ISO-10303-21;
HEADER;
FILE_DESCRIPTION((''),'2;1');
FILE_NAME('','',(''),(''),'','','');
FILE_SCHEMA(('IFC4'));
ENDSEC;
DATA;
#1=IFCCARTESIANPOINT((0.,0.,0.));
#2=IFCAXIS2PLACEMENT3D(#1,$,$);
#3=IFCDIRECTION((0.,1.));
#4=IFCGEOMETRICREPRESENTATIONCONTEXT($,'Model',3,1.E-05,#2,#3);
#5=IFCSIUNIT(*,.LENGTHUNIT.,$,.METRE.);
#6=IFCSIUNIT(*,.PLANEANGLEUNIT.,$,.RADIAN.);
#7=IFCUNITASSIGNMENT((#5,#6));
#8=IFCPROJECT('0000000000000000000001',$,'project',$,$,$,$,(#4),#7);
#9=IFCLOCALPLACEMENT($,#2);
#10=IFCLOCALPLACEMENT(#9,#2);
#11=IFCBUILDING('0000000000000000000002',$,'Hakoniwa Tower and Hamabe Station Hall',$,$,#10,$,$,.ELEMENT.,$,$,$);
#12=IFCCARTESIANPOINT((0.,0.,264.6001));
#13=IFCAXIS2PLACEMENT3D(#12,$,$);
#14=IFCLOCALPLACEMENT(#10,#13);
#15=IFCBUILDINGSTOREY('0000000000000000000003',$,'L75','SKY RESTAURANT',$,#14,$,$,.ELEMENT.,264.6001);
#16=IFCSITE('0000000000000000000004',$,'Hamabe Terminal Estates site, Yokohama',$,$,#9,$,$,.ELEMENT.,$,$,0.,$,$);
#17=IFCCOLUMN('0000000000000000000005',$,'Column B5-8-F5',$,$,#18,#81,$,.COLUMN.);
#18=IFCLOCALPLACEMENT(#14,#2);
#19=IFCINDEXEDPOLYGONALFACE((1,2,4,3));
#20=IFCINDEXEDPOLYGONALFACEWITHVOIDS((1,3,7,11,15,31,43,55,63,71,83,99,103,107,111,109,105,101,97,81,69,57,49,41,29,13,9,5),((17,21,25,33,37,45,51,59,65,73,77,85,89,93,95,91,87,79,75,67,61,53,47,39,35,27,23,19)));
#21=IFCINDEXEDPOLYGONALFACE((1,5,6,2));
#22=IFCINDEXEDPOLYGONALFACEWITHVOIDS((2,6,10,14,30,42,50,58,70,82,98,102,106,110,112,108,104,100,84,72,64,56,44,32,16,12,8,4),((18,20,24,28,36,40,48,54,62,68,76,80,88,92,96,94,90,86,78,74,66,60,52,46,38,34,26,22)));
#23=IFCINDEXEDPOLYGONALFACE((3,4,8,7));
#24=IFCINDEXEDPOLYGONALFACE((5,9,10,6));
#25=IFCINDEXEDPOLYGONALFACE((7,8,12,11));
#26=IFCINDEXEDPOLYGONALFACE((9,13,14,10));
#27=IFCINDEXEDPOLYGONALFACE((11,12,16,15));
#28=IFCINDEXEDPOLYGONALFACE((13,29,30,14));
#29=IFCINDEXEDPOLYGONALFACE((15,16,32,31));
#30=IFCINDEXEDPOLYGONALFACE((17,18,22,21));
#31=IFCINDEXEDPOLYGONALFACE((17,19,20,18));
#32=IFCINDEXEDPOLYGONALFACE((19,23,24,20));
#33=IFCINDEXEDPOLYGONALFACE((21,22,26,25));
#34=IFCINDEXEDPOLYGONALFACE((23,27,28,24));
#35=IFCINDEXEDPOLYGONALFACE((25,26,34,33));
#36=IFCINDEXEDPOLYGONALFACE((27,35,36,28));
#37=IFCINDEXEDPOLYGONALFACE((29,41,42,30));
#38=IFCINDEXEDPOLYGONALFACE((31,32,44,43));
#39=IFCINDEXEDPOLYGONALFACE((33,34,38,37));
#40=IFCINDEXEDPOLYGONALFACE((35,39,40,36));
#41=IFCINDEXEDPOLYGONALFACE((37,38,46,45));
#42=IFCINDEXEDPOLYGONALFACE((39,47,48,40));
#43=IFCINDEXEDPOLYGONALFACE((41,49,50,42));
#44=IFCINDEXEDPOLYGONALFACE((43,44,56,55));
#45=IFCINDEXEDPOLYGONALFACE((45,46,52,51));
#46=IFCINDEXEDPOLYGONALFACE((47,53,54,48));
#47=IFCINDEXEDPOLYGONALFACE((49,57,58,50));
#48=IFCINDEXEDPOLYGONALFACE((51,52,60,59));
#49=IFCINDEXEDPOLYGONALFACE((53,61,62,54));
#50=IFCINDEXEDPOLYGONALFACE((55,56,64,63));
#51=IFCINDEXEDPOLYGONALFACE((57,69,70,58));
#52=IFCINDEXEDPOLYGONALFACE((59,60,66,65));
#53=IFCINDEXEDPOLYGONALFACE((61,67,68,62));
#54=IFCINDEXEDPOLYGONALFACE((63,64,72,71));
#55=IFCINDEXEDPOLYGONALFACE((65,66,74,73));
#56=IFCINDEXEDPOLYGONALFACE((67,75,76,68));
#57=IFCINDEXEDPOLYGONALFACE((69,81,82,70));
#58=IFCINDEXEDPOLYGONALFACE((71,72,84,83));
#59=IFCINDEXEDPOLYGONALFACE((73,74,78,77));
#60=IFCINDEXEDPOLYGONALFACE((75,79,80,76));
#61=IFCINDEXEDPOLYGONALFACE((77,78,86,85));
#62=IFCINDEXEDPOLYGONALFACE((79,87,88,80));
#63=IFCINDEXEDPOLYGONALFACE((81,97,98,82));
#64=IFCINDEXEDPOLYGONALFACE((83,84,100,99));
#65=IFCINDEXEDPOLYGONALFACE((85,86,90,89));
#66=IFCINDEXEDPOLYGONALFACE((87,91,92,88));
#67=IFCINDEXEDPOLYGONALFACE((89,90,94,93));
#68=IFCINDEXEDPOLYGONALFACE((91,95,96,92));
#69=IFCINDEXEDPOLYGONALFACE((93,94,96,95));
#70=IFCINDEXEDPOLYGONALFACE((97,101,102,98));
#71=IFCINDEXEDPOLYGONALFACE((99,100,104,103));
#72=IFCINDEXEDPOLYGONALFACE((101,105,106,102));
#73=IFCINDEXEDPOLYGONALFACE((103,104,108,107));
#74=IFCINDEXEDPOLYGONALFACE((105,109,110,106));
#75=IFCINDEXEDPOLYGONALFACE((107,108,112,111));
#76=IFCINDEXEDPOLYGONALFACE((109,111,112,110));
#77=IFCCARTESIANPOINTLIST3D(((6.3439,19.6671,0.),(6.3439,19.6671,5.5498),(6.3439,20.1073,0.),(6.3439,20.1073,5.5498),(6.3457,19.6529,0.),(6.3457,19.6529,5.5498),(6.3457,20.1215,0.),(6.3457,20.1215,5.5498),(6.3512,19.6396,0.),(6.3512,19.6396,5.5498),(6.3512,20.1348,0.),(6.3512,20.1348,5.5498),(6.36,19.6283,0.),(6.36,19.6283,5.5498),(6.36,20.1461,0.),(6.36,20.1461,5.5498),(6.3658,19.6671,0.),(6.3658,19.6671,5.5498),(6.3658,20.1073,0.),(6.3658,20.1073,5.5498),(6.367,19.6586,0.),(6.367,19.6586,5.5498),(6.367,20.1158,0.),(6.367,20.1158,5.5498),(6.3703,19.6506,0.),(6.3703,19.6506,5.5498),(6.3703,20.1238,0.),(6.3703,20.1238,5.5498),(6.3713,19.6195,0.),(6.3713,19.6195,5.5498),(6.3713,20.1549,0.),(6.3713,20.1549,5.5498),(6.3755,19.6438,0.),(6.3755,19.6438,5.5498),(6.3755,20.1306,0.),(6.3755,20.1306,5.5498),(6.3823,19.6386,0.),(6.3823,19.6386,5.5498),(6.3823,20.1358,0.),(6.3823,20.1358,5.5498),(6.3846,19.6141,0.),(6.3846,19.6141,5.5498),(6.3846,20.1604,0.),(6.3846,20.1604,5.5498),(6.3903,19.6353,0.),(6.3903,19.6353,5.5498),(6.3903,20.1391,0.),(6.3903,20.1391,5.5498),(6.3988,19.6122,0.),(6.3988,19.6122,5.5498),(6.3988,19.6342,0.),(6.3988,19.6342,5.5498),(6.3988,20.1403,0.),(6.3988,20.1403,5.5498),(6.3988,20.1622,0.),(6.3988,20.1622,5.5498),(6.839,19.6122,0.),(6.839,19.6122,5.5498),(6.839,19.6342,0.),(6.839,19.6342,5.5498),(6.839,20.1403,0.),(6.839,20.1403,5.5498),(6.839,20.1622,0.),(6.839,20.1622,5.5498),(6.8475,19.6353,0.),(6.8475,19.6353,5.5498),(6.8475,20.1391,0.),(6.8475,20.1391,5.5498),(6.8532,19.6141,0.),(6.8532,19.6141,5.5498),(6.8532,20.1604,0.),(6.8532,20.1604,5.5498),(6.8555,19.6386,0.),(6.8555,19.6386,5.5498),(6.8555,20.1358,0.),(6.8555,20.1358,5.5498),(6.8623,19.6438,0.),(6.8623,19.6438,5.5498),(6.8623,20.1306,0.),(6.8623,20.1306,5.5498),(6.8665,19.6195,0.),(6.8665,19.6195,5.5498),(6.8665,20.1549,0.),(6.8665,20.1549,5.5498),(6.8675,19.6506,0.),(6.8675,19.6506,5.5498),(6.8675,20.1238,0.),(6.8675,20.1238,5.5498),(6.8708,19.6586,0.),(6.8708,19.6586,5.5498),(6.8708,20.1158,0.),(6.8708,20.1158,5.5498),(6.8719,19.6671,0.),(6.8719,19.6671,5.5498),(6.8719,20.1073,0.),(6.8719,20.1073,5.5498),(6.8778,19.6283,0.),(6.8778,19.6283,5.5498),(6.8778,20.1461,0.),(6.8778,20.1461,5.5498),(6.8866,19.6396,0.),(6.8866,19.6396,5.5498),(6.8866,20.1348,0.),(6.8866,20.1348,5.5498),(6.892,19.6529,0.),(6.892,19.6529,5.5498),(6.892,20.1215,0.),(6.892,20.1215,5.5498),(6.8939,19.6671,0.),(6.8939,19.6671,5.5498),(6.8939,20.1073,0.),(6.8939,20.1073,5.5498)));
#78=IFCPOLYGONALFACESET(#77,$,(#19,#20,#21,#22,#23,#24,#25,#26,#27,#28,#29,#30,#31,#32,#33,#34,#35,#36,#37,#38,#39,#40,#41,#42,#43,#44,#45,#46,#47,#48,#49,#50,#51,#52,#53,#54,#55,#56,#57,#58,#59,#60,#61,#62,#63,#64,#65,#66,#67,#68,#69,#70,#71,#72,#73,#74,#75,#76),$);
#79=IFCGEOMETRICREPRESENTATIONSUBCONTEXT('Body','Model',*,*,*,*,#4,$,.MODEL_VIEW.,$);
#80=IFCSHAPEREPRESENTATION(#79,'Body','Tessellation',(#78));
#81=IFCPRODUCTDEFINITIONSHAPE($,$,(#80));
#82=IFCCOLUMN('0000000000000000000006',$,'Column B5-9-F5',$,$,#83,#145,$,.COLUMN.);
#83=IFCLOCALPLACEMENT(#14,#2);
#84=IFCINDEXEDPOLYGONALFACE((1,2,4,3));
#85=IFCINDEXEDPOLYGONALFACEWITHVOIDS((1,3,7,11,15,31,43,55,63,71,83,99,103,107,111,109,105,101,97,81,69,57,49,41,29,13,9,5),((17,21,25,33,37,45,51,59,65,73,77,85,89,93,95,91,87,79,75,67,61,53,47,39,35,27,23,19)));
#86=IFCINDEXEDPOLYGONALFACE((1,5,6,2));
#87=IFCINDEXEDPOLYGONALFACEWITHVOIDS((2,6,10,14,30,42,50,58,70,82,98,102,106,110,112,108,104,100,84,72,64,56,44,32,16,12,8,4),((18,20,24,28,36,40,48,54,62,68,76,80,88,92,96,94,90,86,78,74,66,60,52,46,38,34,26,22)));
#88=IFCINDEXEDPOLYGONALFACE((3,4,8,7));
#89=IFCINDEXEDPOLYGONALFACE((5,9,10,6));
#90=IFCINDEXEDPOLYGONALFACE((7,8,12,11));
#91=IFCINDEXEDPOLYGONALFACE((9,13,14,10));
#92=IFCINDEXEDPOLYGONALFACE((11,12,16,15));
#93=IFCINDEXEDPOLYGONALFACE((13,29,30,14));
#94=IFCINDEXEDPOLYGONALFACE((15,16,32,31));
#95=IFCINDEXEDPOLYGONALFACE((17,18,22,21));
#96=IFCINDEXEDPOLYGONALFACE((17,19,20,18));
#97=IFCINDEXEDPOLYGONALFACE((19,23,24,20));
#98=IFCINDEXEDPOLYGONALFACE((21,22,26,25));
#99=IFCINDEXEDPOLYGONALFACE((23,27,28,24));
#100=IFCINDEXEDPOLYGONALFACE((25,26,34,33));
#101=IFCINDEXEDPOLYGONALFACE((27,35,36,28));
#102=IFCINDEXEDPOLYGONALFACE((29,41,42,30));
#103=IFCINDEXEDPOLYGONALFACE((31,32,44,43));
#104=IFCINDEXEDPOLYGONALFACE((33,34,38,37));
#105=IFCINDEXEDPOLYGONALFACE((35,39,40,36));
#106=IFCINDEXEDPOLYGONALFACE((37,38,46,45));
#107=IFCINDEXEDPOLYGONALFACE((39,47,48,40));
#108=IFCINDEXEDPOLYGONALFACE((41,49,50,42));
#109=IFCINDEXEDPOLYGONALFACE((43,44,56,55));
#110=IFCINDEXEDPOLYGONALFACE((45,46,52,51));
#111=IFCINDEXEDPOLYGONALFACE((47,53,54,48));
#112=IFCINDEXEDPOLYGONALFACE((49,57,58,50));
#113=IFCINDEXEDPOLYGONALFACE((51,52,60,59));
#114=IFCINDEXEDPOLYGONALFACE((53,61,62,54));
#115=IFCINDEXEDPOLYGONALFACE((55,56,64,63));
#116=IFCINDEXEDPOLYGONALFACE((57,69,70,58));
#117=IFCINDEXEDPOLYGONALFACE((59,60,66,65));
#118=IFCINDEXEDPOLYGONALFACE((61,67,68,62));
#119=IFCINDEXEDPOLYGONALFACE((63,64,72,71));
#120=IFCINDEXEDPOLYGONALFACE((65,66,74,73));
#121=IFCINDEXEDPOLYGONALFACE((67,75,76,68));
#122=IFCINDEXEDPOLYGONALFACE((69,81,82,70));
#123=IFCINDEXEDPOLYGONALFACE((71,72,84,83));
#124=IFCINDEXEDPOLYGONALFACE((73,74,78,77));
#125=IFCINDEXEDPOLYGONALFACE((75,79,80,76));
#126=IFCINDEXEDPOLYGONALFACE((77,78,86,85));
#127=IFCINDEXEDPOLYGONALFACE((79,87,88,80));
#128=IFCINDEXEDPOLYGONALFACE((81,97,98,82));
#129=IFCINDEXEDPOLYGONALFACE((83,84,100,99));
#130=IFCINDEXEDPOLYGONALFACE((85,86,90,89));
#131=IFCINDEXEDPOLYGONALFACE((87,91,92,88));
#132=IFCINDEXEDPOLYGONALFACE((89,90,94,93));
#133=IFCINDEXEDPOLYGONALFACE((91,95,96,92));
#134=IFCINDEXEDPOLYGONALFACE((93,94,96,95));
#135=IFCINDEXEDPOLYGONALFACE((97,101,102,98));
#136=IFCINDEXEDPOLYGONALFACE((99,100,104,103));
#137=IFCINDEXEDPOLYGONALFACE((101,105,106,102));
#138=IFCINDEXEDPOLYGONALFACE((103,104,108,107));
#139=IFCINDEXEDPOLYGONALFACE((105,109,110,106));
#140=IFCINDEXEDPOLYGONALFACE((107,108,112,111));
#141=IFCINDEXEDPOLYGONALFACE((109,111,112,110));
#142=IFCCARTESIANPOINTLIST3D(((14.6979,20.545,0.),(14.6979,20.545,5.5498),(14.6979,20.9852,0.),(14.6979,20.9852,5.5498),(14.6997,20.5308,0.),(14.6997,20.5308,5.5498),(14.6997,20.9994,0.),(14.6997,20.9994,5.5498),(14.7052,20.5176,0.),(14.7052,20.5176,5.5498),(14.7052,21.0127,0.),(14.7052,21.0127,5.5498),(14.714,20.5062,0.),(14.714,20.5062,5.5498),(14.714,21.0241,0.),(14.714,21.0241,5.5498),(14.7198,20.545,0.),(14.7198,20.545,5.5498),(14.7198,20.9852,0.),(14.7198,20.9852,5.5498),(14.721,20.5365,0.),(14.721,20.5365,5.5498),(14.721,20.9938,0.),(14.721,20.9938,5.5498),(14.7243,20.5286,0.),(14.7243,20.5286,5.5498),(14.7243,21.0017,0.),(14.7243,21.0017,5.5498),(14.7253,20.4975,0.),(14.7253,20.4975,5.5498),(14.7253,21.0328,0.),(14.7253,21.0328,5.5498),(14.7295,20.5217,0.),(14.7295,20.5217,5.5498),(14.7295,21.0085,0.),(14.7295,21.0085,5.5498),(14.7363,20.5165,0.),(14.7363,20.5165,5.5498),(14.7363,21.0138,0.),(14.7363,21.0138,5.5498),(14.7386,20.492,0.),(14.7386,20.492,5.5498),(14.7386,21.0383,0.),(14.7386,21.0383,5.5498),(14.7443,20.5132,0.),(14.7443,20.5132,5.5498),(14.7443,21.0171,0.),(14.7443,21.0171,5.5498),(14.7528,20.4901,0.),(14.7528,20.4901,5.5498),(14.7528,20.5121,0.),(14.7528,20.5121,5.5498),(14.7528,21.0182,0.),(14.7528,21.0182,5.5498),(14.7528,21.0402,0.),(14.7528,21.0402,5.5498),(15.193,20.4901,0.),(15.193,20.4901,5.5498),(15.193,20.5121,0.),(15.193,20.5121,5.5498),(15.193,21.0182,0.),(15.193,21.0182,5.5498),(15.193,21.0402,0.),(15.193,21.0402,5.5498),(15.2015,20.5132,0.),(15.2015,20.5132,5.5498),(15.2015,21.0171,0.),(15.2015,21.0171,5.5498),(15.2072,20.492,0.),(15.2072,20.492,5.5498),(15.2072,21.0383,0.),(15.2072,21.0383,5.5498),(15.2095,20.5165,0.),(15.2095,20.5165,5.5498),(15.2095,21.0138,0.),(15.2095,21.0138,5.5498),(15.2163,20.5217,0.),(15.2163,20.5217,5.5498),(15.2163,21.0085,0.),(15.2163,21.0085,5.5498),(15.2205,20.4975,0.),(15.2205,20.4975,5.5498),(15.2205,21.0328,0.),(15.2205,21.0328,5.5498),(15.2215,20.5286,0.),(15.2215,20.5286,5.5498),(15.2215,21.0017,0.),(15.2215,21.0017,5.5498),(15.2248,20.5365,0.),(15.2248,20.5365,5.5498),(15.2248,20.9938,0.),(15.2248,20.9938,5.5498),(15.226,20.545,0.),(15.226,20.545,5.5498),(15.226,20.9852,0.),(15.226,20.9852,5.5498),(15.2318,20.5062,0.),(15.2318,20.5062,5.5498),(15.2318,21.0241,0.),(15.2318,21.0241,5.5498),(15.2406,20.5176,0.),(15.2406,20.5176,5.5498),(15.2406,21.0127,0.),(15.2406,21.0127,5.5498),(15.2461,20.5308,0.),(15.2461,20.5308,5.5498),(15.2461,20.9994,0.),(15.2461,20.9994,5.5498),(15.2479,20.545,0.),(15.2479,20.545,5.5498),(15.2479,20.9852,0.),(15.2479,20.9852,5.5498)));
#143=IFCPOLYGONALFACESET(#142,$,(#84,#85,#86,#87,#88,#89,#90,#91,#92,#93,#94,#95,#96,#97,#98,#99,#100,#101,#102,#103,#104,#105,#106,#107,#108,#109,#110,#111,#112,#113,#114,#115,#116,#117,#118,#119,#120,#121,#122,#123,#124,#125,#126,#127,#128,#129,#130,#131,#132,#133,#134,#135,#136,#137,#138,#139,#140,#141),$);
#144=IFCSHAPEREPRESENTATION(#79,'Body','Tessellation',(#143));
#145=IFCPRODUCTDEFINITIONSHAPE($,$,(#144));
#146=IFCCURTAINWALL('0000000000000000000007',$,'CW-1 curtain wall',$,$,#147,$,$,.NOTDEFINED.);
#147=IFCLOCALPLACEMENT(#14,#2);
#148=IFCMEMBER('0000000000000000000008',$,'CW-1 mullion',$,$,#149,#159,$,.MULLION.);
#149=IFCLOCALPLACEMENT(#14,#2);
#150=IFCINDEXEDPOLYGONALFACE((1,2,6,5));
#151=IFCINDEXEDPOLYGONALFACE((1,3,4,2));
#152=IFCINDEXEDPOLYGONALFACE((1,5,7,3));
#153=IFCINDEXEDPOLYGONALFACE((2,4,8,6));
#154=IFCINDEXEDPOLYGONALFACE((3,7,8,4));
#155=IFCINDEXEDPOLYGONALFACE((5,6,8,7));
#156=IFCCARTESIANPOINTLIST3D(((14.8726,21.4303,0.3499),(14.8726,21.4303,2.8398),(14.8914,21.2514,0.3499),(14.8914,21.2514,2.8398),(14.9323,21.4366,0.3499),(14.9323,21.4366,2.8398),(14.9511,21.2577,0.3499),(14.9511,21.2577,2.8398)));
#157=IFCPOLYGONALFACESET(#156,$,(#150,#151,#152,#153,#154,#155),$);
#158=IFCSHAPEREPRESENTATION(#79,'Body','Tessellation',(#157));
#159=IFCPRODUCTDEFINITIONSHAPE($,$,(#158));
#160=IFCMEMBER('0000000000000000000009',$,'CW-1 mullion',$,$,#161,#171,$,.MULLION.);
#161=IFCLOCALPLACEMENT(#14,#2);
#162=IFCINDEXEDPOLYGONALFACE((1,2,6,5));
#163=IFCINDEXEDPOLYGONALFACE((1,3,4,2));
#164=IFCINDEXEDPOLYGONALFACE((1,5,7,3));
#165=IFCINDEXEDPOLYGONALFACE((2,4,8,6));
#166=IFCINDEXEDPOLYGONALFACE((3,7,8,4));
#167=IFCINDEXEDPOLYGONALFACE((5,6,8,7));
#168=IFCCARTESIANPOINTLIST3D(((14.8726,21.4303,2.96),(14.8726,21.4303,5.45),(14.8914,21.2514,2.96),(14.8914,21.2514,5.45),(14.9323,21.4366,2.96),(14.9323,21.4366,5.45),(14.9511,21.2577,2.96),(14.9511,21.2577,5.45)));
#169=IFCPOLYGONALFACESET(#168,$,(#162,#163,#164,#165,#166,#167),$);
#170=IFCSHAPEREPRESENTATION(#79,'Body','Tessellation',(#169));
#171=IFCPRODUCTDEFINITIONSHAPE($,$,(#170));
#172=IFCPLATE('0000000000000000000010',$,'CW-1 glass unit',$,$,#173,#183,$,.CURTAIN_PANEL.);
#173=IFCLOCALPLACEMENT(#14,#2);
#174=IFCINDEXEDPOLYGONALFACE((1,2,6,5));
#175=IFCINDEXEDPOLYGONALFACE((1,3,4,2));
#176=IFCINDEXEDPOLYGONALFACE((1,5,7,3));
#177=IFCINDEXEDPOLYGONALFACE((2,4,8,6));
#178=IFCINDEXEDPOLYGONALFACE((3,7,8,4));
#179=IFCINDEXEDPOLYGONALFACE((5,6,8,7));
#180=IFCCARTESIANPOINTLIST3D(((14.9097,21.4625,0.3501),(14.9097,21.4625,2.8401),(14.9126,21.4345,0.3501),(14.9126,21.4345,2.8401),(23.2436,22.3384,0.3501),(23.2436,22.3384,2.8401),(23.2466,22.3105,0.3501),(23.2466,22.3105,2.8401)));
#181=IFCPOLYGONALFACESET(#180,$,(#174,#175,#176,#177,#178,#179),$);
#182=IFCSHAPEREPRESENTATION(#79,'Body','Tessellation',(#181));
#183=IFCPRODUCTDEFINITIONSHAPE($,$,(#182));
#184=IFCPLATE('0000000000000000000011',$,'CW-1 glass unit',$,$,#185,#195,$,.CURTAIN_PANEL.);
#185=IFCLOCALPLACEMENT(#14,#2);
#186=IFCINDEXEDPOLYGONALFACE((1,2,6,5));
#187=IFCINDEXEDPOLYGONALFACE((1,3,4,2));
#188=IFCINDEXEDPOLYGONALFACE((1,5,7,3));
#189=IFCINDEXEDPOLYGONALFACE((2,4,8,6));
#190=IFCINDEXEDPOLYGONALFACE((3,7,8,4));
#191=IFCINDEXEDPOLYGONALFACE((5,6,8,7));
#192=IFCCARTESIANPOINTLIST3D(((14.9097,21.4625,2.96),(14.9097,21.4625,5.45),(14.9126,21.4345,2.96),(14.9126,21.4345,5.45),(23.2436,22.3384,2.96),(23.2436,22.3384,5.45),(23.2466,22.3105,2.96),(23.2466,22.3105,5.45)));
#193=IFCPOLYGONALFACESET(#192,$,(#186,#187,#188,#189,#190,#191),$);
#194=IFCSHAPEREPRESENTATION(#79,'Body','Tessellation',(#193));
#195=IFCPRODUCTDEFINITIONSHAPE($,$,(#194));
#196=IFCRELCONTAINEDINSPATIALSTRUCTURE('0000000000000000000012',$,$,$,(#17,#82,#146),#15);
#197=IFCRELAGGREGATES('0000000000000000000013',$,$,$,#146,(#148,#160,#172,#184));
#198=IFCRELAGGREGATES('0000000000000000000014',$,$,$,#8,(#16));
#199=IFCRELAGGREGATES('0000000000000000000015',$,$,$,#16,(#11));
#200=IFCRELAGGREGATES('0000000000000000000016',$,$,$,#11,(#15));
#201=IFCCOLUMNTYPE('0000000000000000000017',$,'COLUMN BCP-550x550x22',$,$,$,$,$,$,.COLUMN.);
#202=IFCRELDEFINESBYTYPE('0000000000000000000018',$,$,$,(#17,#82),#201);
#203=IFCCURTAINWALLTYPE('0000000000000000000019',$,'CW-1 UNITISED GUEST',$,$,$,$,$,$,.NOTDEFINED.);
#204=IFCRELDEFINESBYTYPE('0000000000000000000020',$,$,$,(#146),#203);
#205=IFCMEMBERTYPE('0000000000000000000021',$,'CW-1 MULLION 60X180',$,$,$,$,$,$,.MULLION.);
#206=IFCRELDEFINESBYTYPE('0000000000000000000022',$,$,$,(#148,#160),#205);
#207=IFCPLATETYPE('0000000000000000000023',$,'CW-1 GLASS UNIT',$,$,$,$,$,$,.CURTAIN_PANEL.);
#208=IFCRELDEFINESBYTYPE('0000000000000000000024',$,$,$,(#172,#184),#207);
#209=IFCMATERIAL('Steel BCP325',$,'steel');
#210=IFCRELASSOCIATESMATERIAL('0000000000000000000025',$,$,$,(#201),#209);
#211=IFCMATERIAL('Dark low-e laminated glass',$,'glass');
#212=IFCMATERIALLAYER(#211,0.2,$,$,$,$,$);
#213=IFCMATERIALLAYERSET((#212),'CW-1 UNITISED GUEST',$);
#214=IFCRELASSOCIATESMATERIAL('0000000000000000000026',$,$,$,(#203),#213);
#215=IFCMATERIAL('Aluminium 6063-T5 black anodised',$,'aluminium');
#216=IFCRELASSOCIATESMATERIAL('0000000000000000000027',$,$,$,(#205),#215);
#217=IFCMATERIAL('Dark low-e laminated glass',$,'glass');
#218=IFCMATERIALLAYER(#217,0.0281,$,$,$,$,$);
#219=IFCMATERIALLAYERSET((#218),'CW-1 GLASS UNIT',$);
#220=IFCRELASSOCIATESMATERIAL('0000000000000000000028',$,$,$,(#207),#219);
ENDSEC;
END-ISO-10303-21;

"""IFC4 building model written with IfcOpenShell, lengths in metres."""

from ifc_helpers import new_model, si_unit, direction, frame, origin, origin_2d, place, context, subcontext, project, spatial, rectangle, hollow_rectangle, extrude, material, layer, layer_set, material_profile, profile_set, type_object, element, aggregate, save


model = new_model("IFC4")

# Units and contexts
model_context = context("Model", 3, precision=1e-05, world=origin(), true_north=direction((0.0, 1.0)))
body_context = subcontext(model_context, "Body", "Model", "MODEL_VIEW")
ifc_project = project(units=[si_unit("LENGTHUNIT", "METRE"), si_unit("PLANEANGLEUNIT", "RADIAN")], contexts=[model_context])

# Site, building, storey
site_placement = place(None, origin())
site = spatial("IfcSite", under=ifc_project, at=site_placement, Name="Hamabe Terminal Estates site, Yokohama", CompositionType="ELEMENT", RefElevation=0.0)
building_placement = place(site_placement, origin())
building = spatial("IfcBuilding", under=site, at=building_placement, Name="Hakoniwa Tower and Hamabe Station Hall", CompositionType="ELEMENT")
storey_placement = place(building_placement, frame((0.0, 0.0, 264.6001)))
storey = spatial("IfcBuildingStorey", under=building, at=storey_placement, Name="L75", Description="SKY RESTAURANT", CompositionType="ELEMENT", Elevation=264.6001)

# Columns
ifc_material_1 = material(Name="Steel BCP325", Category="steel")
ifc_material_profile_1 = material_profile(ifc_material_1, hollow_rectangle(XDim=0.55, YDim=0.55, WallThickness=0.022, InnerFilletRadius=0.033, OuterFilletRadius=0.0549, at=origin_2d()), Name="BCP-550x550x22")
ifc_profile_set_1 = profile_set([ifc_material_profile_1], Name="Steel BCP325")
column_type = type_object("IfcColumnType", Name="COLUMN BCP-550x550x22", PredefinedType="COLUMN", material=ifc_profile_set_1)
for number, where, z_axis, x_axis, name in (
    (1, (6.6189, 19.8872, 0.0), (0.0, 0.0, 1.0), (1.0, 0.0, 0.0), "Column B5-8-F5"),
    (2, (14.9729, 20.7651, 0.0), (0.0, 0.0, 1.0), (1.0, 0.0, 0.0), "Column B5-9-F5"),
):
    element("IfcColumn", number, at=place(storey_placement, frame(where, z_axis=z_axis, x_axis=x_axis)), inside=storey, type_object=column_type, Name=name, PredefinedType="COLUMN", context=body_context, shape_type="SweptSolid", body=[
        extrude(hollow_rectangle(XDim=0.55, YDim=0.55, WallThickness=0.022, InnerFilletRadius=0.033, OuterFilletRadius=0.0549, at=origin_2d()), origin(), (0.0, 0.0, 1.0), 5.5498),
    ])

# Curtain wall, members, plates
ifc_material_2 = material(Name="Dark low-e laminated glass", Category="glass")
ifc_layer_1 = layer(ifc_material_2, 0.2)
ifc_layer_set_1 = layer_set([ifc_layer_1], Name="CW-1 UNITISED GUEST")
curtain_wall_type = type_object("IfcCurtainWallType", Name="CW-1 UNITISED GUEST", PredefinedType="NOTDEFINED", material=ifc_layer_set_1)
curtain_wall_placement = place(storey_placement, origin())
curtain_wall = element("IfcCurtainWall", 3, at=curtain_wall_placement, inside=storey, type_object=curtain_wall_type, Name="CW-1 curtain wall", PredefinedType="NOTDEFINED")
ifc_material_3 = material(Name="Aluminium 6063-T5 black anodised", Category="aluminium")
ifc_material_profile_2 = material_profile(ifc_material_3, rectangle(XDim=0.0601, YDim=0.1799, at=origin_2d()), Name="CW-1 MULLION 60X180")
ifc_profile_set_2 = profile_set([ifc_material_profile_2], Name="Aluminium 6063-T5 black anodised")
member_type = type_object("IfcMemberType", Name="CW-1 MULLION 60X180", PredefinedType="MULLION", material=ifc_profile_set_2)
member_1_placement = place(storey_placement, frame((14.9119, 21.344, 0.3499), z_axis=(0.0, 0.0, 1.0), x_axis=(-0.994522, -0.104528, 0.0)))
member_1 = element("IfcMember", 4, at=member_1_placement, type_object=member_type, Name="CW-1 mullion", PredefinedType="MULLION", context=body_context, shape_type="SweptSolid", body=[
    extrude(rectangle(XDim=0.0601, YDim=0.1799, at=origin_2d()), origin(), (0.0, 0.0, 1.0), 2.49),
])
member_2_placement = place(storey_placement, frame((14.9119, 21.344, 2.96), z_axis=(0.0, 0.0, 1.0), x_axis=(-0.994522, -0.104528, 0.0)))
member_2 = element("IfcMember", 5, at=member_2_placement, type_object=member_type, Name="CW-1 mullion", PredefinedType="MULLION", context=body_context, shape_type="SweptSolid", body=[
    extrude(rectangle(XDim=0.0601, YDim=0.1799, at=origin_2d()), origin(), (0.0, 0.0, 1.0), 2.49),
])
ifc_material_4 = material(Name="Dark low-e laminated glass", Category="glass")
ifc_layer_2 = layer(ifc_material_4, 0.0281)
ifc_layer_set_2 = layer_set([ifc_layer_2], Name="CW-1 GLASS UNIT")
plate_type = type_object("IfcPlateType", Name="CW-1 GLASS UNIT", PredefinedType="CURTAIN_PANEL", material=ifc_layer_set_2)
plate_1_placement = place(storey_placement, frame((19.0781, 21.8865, 0.3501), z_axis=(0.0, 0.0, 1.0), x_axis=(-0.994522, -0.104528, 0.0)))
plate_1 = element("IfcPlate", 6, at=plate_1_placement, type_object=plate_type, Name="CW-1 glass unit", PredefinedType="CURTAIN_PANEL", context=body_context, shape_type="SweptSolid", body=[
    extrude(rectangle(XDim=8.3799, YDim=0.0281, at=origin_2d()), origin(), (0.0, 0.0, 1.0), 2.49),
])
plate_2_placement = place(storey_placement, frame((19.0781, 21.8865, 2.96), z_axis=(0.0, 0.0, 1.0), x_axis=(-0.994522, -0.104528, 0.0)))
plate_2 = element("IfcPlate", 7, at=plate_2_placement, type_object=plate_type, Name="CW-1 glass unit", PredefinedType="CURTAIN_PANEL", context=body_context, shape_type="SweptSolid", body=[
    extrude(rectangle(XDim=8.3799, YDim=0.0281, at=origin_2d()), origin(), (0.0, 0.0, 1.0), 2.49),
])
aggregate(curtain_wall, [member_1, member_2, plate_1, plate_2])

save(model, "model.ifc")
